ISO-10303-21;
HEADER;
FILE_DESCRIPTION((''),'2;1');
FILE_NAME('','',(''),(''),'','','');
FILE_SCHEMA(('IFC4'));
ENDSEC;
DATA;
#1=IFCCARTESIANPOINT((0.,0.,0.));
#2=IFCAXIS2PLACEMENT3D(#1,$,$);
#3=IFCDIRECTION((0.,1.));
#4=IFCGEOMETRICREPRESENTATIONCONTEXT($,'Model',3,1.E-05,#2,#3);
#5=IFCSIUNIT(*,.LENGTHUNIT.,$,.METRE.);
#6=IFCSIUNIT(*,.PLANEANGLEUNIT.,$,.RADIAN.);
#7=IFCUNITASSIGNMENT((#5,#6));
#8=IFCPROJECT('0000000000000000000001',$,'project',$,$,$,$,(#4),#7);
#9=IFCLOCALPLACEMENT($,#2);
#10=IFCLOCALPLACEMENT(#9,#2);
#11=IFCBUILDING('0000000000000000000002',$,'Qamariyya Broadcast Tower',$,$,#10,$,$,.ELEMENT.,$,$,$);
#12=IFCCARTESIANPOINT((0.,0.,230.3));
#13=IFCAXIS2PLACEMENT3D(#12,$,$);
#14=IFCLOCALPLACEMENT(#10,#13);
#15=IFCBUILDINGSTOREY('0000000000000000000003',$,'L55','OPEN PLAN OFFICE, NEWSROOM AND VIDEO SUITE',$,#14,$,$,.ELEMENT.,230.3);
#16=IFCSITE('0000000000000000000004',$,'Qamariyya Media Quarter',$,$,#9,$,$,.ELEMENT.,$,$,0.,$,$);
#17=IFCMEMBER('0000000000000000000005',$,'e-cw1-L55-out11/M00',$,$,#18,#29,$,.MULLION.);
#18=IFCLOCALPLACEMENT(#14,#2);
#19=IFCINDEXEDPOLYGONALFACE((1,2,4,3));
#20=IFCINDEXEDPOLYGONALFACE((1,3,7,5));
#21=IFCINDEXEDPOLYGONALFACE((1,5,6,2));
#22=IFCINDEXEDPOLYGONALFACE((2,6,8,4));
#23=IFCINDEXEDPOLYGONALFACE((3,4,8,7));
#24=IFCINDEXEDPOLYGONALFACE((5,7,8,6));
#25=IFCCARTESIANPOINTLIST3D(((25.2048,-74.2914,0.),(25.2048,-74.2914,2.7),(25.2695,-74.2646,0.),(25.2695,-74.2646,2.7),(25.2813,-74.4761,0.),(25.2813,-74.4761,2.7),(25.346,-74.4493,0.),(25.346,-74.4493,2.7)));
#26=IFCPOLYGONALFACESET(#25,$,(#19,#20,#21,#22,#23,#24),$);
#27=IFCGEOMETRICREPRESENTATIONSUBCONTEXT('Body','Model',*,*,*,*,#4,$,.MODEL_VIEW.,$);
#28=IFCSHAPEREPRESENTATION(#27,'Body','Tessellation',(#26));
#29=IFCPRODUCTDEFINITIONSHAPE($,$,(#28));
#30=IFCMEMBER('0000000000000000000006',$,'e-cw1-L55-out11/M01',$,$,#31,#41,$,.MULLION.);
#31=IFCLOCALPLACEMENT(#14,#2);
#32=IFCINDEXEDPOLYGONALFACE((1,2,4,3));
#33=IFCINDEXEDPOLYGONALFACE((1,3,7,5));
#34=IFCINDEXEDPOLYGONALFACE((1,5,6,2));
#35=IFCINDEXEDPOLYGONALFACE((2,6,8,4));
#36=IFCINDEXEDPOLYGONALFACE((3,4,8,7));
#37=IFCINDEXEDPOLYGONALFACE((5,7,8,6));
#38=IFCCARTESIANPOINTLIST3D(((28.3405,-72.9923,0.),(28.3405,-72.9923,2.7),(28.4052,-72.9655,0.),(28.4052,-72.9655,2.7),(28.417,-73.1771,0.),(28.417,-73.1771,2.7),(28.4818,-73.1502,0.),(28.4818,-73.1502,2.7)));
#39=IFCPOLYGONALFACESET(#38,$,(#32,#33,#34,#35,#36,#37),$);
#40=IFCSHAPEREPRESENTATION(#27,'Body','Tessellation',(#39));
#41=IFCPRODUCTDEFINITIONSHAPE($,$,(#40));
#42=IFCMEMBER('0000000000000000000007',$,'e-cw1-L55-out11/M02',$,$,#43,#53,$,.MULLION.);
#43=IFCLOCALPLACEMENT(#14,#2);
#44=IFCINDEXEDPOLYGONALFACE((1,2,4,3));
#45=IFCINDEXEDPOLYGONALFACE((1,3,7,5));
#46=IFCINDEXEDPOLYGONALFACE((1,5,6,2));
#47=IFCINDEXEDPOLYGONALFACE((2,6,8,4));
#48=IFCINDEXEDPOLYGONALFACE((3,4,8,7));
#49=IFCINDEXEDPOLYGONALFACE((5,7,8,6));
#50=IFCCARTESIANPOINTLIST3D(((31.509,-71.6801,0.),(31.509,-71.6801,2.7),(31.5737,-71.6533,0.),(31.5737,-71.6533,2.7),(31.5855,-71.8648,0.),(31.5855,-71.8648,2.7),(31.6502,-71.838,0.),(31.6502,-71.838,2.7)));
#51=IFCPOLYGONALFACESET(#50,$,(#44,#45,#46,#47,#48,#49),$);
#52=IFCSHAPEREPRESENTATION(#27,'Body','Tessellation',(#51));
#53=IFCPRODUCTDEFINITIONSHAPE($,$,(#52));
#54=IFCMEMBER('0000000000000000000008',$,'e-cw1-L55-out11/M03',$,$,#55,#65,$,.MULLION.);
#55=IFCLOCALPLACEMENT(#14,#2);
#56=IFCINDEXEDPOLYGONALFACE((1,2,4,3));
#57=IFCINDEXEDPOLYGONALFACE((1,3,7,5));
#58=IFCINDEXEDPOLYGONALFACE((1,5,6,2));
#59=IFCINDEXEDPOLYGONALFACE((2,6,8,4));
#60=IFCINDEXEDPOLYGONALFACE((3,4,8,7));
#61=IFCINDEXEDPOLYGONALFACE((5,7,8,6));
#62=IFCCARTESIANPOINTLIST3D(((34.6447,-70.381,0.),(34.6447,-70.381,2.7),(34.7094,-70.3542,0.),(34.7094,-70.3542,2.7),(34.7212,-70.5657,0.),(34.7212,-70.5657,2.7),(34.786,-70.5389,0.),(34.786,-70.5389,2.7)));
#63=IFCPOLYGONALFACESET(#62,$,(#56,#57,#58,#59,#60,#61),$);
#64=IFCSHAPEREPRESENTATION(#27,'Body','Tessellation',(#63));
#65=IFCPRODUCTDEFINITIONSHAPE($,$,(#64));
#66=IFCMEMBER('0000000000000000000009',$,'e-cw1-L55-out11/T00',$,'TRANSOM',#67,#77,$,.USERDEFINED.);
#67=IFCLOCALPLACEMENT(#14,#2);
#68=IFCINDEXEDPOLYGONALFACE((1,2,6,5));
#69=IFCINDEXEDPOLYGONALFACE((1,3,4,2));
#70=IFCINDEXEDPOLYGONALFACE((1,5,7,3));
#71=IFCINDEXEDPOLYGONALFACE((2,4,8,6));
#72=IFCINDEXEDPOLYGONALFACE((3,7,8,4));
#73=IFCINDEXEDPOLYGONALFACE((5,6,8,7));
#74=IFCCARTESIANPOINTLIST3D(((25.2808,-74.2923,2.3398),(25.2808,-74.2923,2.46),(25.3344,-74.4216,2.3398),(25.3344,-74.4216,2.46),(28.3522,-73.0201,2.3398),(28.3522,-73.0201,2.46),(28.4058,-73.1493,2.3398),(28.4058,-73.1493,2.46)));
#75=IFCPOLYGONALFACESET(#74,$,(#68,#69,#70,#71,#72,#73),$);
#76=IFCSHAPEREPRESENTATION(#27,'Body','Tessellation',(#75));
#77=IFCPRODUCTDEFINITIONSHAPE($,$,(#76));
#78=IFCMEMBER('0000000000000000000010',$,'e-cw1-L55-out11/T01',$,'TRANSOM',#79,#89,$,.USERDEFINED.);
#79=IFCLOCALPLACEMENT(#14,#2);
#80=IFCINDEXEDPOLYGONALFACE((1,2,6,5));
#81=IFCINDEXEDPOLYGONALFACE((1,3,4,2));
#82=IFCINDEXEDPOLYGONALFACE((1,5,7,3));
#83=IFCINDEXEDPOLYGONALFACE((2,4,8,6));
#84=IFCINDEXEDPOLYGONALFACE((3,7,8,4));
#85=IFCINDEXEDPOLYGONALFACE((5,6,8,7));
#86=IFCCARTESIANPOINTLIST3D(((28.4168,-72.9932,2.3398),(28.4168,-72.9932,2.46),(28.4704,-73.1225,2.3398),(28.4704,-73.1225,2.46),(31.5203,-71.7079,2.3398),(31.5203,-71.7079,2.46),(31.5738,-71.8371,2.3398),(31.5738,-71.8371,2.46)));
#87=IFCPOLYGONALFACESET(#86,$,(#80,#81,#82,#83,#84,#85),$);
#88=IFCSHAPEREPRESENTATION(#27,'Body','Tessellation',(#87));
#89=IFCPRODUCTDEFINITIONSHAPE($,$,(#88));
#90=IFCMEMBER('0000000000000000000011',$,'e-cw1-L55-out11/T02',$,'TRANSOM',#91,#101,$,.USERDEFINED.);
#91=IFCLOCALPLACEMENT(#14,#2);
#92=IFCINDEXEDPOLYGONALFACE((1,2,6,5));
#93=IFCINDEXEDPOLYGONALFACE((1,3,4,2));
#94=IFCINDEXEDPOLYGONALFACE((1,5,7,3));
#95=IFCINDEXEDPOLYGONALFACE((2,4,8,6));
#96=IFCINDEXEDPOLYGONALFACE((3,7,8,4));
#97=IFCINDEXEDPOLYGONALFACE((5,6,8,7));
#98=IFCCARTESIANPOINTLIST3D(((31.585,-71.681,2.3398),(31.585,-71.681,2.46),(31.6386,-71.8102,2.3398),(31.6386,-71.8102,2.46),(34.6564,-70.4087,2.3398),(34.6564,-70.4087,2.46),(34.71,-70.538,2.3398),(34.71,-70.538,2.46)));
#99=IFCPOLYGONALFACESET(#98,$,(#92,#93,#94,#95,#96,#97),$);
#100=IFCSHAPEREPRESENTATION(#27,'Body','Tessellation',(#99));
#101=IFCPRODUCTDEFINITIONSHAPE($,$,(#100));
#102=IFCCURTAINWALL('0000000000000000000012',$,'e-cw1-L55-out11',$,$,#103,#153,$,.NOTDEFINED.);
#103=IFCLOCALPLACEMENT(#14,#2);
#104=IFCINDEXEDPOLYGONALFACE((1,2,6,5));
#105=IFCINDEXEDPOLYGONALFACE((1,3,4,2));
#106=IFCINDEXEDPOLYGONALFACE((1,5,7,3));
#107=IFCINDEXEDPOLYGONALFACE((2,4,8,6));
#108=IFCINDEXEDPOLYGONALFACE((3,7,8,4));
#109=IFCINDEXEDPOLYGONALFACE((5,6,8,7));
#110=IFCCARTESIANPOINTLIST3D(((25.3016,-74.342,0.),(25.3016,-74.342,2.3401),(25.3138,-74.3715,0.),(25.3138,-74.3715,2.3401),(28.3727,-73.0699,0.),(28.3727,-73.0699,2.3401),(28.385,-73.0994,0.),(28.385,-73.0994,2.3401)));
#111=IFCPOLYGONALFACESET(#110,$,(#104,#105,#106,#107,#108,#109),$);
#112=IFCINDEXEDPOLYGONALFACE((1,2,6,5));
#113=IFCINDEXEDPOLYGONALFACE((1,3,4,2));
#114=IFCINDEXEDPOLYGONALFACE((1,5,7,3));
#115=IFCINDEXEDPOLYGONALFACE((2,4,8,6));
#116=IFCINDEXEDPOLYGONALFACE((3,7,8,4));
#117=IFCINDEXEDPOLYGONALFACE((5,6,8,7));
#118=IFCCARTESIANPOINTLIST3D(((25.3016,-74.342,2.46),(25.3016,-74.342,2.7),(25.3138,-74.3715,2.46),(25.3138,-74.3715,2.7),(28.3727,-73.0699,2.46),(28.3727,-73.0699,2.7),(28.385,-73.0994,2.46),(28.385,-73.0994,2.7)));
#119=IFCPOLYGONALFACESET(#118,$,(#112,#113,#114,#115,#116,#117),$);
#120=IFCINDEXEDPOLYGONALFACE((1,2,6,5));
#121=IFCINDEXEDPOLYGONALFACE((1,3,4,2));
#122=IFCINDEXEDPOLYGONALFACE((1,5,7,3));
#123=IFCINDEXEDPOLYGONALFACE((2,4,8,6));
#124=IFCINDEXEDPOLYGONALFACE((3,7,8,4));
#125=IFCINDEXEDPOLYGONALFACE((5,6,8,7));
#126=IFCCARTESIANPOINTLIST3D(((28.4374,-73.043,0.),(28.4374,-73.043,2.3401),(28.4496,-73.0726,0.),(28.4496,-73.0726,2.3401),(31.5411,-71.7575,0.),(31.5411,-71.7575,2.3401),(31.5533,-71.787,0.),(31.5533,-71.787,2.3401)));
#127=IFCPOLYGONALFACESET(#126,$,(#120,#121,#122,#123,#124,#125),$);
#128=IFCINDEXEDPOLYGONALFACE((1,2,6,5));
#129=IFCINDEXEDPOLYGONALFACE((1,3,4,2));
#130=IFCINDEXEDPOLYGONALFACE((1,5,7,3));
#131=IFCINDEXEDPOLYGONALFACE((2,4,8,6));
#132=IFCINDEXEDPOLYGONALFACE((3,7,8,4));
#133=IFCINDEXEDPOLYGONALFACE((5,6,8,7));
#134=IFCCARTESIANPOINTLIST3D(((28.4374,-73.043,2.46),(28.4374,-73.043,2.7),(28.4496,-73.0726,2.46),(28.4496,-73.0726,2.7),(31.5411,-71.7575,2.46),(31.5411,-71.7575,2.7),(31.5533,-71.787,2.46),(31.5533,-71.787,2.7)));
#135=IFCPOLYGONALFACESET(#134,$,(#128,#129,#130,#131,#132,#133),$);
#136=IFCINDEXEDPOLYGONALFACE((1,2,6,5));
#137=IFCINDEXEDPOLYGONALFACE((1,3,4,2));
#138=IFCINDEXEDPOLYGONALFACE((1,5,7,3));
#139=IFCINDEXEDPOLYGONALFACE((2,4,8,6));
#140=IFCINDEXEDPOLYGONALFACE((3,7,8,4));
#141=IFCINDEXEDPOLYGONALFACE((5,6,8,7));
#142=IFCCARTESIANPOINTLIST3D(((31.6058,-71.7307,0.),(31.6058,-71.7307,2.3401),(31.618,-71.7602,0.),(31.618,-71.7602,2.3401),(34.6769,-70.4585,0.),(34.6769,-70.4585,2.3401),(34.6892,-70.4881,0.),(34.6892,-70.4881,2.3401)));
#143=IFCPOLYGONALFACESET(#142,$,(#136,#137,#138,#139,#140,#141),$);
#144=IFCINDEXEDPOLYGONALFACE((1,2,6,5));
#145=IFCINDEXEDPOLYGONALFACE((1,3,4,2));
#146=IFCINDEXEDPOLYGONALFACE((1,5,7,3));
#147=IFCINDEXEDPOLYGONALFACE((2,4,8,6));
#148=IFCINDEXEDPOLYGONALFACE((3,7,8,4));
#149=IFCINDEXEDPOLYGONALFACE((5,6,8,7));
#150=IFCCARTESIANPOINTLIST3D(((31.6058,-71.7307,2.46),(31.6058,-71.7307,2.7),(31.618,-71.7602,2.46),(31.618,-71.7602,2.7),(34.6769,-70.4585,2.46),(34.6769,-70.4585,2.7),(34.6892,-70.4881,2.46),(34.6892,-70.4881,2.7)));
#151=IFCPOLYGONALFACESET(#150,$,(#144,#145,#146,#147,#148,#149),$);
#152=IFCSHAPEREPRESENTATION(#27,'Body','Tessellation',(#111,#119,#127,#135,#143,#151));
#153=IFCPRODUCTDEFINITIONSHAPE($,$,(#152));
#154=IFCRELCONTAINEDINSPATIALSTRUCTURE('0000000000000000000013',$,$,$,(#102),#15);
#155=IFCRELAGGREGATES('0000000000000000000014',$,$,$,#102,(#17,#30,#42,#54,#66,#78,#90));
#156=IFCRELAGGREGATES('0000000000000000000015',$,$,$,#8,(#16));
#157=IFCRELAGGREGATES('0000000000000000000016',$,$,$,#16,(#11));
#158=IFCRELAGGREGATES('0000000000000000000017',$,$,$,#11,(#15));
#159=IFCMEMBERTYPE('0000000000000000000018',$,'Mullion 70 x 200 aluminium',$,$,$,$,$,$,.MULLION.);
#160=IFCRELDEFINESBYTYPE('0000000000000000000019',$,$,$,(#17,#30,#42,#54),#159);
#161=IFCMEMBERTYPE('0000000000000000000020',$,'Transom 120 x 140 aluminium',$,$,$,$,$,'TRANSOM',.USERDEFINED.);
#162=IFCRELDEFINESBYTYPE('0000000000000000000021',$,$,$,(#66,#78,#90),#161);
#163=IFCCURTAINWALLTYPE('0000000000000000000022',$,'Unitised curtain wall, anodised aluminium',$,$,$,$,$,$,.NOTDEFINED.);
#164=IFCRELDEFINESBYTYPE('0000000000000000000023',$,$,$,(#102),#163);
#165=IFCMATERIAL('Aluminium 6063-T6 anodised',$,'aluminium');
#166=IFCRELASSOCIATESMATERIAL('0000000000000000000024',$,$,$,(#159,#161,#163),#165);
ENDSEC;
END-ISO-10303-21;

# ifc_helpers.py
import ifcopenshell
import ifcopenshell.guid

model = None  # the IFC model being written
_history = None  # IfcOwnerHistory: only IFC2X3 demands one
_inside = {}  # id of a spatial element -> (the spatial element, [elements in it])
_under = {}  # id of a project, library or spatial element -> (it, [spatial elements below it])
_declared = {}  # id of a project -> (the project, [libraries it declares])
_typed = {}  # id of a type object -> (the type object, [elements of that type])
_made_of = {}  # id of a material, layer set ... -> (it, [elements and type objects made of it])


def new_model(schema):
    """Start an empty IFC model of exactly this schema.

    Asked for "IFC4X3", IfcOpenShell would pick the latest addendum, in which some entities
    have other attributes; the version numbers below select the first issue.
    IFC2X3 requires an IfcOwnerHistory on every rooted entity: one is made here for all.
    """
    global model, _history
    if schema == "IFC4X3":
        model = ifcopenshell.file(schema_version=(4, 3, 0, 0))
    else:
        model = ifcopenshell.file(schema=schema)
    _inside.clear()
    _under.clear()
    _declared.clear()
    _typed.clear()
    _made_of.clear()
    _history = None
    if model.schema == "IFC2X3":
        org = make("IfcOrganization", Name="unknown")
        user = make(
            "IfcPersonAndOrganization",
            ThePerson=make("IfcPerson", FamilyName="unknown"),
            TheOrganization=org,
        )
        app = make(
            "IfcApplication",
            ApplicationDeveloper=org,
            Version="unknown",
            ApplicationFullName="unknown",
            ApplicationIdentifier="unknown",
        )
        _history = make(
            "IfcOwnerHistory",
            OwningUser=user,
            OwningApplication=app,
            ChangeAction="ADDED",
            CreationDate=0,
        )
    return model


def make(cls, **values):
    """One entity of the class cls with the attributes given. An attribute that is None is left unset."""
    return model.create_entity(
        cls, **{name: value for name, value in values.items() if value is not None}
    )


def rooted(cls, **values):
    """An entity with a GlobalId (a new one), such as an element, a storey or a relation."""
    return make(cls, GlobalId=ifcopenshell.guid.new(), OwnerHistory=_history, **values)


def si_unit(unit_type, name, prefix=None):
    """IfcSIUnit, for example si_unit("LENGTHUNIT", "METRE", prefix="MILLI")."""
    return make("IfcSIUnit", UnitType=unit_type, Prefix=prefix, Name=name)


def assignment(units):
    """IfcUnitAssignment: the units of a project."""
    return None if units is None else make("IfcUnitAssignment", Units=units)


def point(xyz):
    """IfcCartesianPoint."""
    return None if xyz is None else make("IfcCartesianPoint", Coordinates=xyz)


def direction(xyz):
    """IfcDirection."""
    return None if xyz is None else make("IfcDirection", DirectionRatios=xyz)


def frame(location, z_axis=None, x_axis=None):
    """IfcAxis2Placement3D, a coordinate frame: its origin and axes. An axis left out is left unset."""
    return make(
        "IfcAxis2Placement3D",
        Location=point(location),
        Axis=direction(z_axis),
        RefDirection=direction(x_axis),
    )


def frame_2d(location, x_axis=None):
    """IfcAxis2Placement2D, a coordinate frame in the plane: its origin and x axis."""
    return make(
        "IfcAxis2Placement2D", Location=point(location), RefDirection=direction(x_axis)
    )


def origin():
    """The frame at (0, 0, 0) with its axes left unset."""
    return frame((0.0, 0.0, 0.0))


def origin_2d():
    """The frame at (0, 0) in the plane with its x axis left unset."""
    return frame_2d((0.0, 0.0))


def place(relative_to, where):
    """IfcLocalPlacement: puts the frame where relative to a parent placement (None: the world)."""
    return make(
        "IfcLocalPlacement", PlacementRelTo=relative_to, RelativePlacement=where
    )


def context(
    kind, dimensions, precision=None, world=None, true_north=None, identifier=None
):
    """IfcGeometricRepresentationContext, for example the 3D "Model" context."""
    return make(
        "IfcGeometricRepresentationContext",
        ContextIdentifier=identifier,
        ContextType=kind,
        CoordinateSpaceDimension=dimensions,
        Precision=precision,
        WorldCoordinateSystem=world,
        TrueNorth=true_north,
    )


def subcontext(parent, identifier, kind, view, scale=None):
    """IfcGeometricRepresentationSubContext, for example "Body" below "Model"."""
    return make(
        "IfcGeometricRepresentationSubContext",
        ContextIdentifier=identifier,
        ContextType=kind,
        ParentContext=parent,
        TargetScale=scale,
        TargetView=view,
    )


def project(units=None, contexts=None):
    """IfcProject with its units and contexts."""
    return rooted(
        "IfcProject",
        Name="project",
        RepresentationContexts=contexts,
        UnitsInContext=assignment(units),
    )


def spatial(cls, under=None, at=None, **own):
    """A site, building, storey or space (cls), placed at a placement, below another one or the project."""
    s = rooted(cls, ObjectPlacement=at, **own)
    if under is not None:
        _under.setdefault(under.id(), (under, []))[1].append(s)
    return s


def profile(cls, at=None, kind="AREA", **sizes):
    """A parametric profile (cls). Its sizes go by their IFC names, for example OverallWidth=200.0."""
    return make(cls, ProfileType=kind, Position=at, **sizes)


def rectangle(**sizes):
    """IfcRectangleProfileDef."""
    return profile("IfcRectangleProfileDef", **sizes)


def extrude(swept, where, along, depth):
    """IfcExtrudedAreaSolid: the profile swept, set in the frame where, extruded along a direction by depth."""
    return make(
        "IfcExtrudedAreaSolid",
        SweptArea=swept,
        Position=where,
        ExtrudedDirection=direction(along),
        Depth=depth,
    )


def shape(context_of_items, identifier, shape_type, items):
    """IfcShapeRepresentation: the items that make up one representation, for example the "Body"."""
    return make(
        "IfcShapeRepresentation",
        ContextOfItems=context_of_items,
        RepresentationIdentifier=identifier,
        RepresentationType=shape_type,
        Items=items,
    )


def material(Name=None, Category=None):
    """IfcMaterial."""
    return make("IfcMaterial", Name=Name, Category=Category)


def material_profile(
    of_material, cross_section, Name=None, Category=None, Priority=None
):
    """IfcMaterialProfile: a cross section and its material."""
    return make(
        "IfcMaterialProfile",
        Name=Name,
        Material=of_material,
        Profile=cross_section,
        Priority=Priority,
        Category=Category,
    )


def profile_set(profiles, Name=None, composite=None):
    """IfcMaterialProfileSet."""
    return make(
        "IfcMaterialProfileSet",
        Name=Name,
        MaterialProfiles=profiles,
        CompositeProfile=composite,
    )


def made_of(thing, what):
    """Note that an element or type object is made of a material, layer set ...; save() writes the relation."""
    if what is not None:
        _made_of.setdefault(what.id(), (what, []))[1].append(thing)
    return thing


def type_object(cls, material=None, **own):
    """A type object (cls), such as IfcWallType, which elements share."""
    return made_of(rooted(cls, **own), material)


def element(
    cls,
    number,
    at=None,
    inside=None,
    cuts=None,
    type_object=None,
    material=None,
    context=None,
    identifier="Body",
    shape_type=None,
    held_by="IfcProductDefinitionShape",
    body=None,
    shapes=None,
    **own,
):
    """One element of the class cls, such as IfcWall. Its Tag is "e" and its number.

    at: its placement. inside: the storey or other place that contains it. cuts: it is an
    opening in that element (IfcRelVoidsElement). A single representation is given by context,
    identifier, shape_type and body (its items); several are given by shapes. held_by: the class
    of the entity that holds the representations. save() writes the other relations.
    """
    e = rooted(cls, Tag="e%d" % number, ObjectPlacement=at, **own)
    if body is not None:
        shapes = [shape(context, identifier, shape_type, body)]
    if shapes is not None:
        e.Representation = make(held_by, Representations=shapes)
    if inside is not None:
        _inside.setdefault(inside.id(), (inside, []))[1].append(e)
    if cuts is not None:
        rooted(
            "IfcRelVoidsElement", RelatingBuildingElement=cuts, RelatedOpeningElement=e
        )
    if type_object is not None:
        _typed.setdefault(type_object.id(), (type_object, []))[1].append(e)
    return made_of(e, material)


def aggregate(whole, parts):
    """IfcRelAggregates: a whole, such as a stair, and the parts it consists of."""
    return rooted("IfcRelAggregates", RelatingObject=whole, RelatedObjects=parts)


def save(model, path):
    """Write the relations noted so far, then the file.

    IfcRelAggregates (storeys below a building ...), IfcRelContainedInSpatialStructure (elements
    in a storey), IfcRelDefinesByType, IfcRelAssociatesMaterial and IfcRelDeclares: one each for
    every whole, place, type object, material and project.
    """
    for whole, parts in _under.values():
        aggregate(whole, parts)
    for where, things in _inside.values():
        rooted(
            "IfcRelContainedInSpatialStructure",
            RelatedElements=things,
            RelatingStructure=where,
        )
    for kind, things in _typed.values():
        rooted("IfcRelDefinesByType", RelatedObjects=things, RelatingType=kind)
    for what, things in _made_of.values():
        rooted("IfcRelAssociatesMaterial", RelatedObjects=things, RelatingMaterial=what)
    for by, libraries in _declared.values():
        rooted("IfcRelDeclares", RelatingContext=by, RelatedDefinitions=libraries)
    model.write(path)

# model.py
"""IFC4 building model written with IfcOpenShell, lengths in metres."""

from ifc_helpers import new_model, si_unit, direction, frame, origin, origin_2d, place, context, subcontext, project, spatial, rectangle, extrude, material, material_profile, profile_set, type_object, element, aggregate, save


model = new_model("IFC4")

# Units and contexts
model_context = context("Model", 3, precision=1e-05, world=origin(), true_north=direction((0.0, 1.0)))
body_context = subcontext(model_context, "Body", "Model", "MODEL_VIEW")
ifc_project = project(units=[si_unit("LENGTHUNIT", "METRE"), si_unit("PLANEANGLEUNIT", "RADIAN")], contexts=[model_context])

# Members
ifc_material = material(Name="Aluminium 6063-T6 anodised", Category="aluminium")
ifc_material_profile_1 = material_profile(ifc_material, rectangle(XDim=0.2, YDim=0.0701, at=origin_2d()))
ifc_profile_set_1 = profile_set([ifc_material_profile_1], Name="Aluminium 6063-T6 anodised")
member_type_1 = type_object("IfcMemberType", Name="Mullion 70 x 200 aluminium", PredefinedType="MULLION", material=ifc_profile_set_1)
site_placement = place(None, origin())
building_placement = place(site_placement, origin())
storey_placement = place(building_placement, frame((0.0, 0.0, 230.3)))
member_1_placement = place(storey_placement, frame((25.2754, -74.3704, 0.0), z_axis=(0.0, 0.0, 1.0), x_axis=(-0.382683, 0.92388, 0.0)))
member_1 = element("IfcMember", 1, at=member_1_placement, type_object=member_type_1, Name="e-cw1-L55-out11/M00", PredefinedType="MULLION", context=body_context, shape_type="SweptSolid", body=[
    extrude(rectangle(XDim=0.2, YDim=0.0701, at=origin_2d()), origin(), (0.0, 0.0, 1.0), 2.7),
])
member_2_placement = place(storey_placement, frame((28.4111, -73.0713, 0.0), z_axis=(0.0, 0.0, 1.0), x_axis=(-0.382683, 0.92388, 0.0)))
member_2 = element("IfcMember", 2, at=member_2_placement, type_object=member_type_1, Name="e-cw1-L55-out11/M01", PredefinedType="MULLION", context=body_context, shape_type="SweptSolid", body=[
    extrude(rectangle(XDim=0.2, YDim=0.0701, at=origin_2d()), origin(), (0.0, 0.0, 1.0), 2.7),
])
member_3_placement = place(storey_placement, frame((31.5796, -71.759, 0.0), z_axis=(0.0, 0.0, 1.0), x_axis=(-0.382683, 0.92388, 0.0)))
member_3 = element("IfcMember", 3, at=member_3_placement, type_object=member_type_1, Name="e-cw1-L55-out11/M02", PredefinedType="MULLION", context=body_context, shape_type="SweptSolid", body=[
    extrude(rectangle(XDim=0.2, YDim=0.0701, at=origin_2d()), origin(), (0.0, 0.0, 1.0), 2.7),
])
member_4_placement = place(storey_placement, frame((34.7153, -70.46, 0.0), z_axis=(0.0, 0.0, 1.0), x_axis=(-0.382683, 0.92388, 0.0)))
member_4 = element("IfcMember", 4, at=member_4_placement, type_object=member_type_1, Name="e-cw1-L55-out11/M03", PredefinedType="MULLION", context=body_context, shape_type="SweptSolid", body=[
    extrude(rectangle(XDim=0.2, YDim=0.0701, at=origin_2d()), origin(), (0.0, 0.0, 1.0), 2.7),
])
ifc_material_profile_2 = material_profile(ifc_material, rectangle(XDim=0.1399, YDim=0.1201, at=origin_2d()))
ifc_profile_set_2 = profile_set([ifc_material_profile_2], Name="Aluminium 6063-T6 anodised")
member_type_2 = type_object("IfcMemberType", Name="Transom 120 x 140 aluminium", ElementType="TRANSOM", PredefinedType="USERDEFINED", material=ifc_profile_set_2)
member_5_placement = place(storey_placement, frame((25.3076, -74.3569, 2.3999), z_axis=(0.923875, 0.382696, 0.0), x_axis=(-0.382696, 0.923875, 0.0)))
member_5 = element("IfcMember", 5, at=member_5_placement, type_object=member_type_2, Name="e-cw1-L55-out11/T00", ObjectType="TRANSOM", PredefinedType="USERDEFINED", context=body_context, shape_type="SweptSolid", body=[
    extrude(rectangle(XDim=0.1399, YDim=0.1201, at=origin_2d()), origin(), (0.0, 0.0, 1.0), 3.3245),
])
member_6_placement = place(storey_placement, frame((28.4436, -73.0579, 2.3999), z_axis=(0.923892, 0.382653, 0.0), x_axis=(-0.382653, 0.923892, 0.0)))
member_6 = element("IfcMember", 6, at=member_6_placement, type_object=member_type_2, Name="e-cw1-L55-out11/T01", ObjectType="TRANSOM", PredefinedType="USERDEFINED", context=body_context, shape_type="SweptSolid", body=[
    extrude(rectangle(XDim=0.1399, YDim=0.1201, at=origin_2d()), origin(), (0.0, 0.0, 1.0), 3.3591),
])
member_7_placement = place(storey_placement, frame((31.6118, -71.7456, 2.3999), z_axis=(0.923875, 0.382696, 0.0), x_axis=(-0.382696, 0.923875, 0.0)))
member_7 = element("IfcMember", 7, at=member_7_placement, type_object=member_type_2, Name="e-cw1-L55-out11/T02", ObjectType="TRANSOM", PredefinedType="USERDEFINED", context=body_context, shape_type="SweptSolid", body=[
    extrude(rectangle(XDim=0.1399, YDim=0.1201, at=origin_2d()), origin(), (0.0, 0.0, 1.0), 3.3245),
])

# Site, building, storey
site = spatial("IfcSite", under=ifc_project, at=site_placement, Name="Qamariyya Media Quarter", CompositionType="ELEMENT", RefElevation=0.0)
building = spatial("IfcBuilding", under=site, at=building_placement, Name="Qamariyya Broadcast Tower", CompositionType="ELEMENT")
storey = spatial("IfcBuildingStorey", under=building, at=storey_placement, Name="L55", Description="OPEN PLAN OFFICE, NEWSROOM AND VIDEO SUITE", CompositionType="ELEMENT", Elevation=230.3)

# Curtain wall
curtain_wall_type = type_object("IfcCurtainWallType", Name="Unitised curtain wall, anodised aluminium", PredefinedType="NOTDEFINED", material=ifc_material)
curtain_wall_1_placement = place(storey_placement, origin())
curtain_wall_1 = element("IfcCurtainWall", 8, at=curtain_wall_1_placement, inside=storey, type_object=curtain_wall_type, Name="e-cw1-L55-out11", PredefinedType="NOTDEFINED", context=body_context, shape_type="SweptSolid", body=[
    extrude(rectangle(XDim=3.3242, YDim=0.032, at=origin_2d()), frame((26.8433, -73.7207, 0.0), x_axis=(0.923881, 0.38268, 0.0)), (0.0, 0.0, 1.0), 2.3401),
    extrude(rectangle(XDim=3.3242, YDim=0.032, at=origin_2d()), frame((26.8433, -73.7207, 2.46), x_axis=(0.923881, 0.38268, 0.0)), (0.0, 0.0, 1.0), 0.24),
    extrude(rectangle(XDim=3.3594, YDim=0.032, at=origin_2d()), frame((29.9954, -72.415, 0.0), x_axis=(0.923881, 0.38268, 0.0)), (0.0, 0.0, 1.0), 2.3401),
    extrude(rectangle(XDim=3.3594, YDim=0.032, at=origin_2d()), frame((29.9954, -72.415, 2.46), x_axis=(0.923881, 0.38268, 0.0)), (0.0, 0.0, 1.0), 0.24),
    extrude(rectangle(XDim=3.3242, YDim=0.032, at=origin_2d()), frame((33.1475, -71.1094, 0.0), x_axis=(0.923881, 0.38268, 0.0)), (0.0, 0.0, 1.0), 2.3401),
    extrude(rectangle(XDim=3.3242, YDim=0.032, at=origin_2d()), frame((33.1475, -71.1094, 2.46), x_axis=(0.923881, 0.38268, 0.0)), (0.0, 0.0, 1.0), 0.24),
])
aggregate(curtain_wall_1, [member_1, member_2, member_3, member_4, member_5, member_6, member_7])

save(model, "model.ifc")
